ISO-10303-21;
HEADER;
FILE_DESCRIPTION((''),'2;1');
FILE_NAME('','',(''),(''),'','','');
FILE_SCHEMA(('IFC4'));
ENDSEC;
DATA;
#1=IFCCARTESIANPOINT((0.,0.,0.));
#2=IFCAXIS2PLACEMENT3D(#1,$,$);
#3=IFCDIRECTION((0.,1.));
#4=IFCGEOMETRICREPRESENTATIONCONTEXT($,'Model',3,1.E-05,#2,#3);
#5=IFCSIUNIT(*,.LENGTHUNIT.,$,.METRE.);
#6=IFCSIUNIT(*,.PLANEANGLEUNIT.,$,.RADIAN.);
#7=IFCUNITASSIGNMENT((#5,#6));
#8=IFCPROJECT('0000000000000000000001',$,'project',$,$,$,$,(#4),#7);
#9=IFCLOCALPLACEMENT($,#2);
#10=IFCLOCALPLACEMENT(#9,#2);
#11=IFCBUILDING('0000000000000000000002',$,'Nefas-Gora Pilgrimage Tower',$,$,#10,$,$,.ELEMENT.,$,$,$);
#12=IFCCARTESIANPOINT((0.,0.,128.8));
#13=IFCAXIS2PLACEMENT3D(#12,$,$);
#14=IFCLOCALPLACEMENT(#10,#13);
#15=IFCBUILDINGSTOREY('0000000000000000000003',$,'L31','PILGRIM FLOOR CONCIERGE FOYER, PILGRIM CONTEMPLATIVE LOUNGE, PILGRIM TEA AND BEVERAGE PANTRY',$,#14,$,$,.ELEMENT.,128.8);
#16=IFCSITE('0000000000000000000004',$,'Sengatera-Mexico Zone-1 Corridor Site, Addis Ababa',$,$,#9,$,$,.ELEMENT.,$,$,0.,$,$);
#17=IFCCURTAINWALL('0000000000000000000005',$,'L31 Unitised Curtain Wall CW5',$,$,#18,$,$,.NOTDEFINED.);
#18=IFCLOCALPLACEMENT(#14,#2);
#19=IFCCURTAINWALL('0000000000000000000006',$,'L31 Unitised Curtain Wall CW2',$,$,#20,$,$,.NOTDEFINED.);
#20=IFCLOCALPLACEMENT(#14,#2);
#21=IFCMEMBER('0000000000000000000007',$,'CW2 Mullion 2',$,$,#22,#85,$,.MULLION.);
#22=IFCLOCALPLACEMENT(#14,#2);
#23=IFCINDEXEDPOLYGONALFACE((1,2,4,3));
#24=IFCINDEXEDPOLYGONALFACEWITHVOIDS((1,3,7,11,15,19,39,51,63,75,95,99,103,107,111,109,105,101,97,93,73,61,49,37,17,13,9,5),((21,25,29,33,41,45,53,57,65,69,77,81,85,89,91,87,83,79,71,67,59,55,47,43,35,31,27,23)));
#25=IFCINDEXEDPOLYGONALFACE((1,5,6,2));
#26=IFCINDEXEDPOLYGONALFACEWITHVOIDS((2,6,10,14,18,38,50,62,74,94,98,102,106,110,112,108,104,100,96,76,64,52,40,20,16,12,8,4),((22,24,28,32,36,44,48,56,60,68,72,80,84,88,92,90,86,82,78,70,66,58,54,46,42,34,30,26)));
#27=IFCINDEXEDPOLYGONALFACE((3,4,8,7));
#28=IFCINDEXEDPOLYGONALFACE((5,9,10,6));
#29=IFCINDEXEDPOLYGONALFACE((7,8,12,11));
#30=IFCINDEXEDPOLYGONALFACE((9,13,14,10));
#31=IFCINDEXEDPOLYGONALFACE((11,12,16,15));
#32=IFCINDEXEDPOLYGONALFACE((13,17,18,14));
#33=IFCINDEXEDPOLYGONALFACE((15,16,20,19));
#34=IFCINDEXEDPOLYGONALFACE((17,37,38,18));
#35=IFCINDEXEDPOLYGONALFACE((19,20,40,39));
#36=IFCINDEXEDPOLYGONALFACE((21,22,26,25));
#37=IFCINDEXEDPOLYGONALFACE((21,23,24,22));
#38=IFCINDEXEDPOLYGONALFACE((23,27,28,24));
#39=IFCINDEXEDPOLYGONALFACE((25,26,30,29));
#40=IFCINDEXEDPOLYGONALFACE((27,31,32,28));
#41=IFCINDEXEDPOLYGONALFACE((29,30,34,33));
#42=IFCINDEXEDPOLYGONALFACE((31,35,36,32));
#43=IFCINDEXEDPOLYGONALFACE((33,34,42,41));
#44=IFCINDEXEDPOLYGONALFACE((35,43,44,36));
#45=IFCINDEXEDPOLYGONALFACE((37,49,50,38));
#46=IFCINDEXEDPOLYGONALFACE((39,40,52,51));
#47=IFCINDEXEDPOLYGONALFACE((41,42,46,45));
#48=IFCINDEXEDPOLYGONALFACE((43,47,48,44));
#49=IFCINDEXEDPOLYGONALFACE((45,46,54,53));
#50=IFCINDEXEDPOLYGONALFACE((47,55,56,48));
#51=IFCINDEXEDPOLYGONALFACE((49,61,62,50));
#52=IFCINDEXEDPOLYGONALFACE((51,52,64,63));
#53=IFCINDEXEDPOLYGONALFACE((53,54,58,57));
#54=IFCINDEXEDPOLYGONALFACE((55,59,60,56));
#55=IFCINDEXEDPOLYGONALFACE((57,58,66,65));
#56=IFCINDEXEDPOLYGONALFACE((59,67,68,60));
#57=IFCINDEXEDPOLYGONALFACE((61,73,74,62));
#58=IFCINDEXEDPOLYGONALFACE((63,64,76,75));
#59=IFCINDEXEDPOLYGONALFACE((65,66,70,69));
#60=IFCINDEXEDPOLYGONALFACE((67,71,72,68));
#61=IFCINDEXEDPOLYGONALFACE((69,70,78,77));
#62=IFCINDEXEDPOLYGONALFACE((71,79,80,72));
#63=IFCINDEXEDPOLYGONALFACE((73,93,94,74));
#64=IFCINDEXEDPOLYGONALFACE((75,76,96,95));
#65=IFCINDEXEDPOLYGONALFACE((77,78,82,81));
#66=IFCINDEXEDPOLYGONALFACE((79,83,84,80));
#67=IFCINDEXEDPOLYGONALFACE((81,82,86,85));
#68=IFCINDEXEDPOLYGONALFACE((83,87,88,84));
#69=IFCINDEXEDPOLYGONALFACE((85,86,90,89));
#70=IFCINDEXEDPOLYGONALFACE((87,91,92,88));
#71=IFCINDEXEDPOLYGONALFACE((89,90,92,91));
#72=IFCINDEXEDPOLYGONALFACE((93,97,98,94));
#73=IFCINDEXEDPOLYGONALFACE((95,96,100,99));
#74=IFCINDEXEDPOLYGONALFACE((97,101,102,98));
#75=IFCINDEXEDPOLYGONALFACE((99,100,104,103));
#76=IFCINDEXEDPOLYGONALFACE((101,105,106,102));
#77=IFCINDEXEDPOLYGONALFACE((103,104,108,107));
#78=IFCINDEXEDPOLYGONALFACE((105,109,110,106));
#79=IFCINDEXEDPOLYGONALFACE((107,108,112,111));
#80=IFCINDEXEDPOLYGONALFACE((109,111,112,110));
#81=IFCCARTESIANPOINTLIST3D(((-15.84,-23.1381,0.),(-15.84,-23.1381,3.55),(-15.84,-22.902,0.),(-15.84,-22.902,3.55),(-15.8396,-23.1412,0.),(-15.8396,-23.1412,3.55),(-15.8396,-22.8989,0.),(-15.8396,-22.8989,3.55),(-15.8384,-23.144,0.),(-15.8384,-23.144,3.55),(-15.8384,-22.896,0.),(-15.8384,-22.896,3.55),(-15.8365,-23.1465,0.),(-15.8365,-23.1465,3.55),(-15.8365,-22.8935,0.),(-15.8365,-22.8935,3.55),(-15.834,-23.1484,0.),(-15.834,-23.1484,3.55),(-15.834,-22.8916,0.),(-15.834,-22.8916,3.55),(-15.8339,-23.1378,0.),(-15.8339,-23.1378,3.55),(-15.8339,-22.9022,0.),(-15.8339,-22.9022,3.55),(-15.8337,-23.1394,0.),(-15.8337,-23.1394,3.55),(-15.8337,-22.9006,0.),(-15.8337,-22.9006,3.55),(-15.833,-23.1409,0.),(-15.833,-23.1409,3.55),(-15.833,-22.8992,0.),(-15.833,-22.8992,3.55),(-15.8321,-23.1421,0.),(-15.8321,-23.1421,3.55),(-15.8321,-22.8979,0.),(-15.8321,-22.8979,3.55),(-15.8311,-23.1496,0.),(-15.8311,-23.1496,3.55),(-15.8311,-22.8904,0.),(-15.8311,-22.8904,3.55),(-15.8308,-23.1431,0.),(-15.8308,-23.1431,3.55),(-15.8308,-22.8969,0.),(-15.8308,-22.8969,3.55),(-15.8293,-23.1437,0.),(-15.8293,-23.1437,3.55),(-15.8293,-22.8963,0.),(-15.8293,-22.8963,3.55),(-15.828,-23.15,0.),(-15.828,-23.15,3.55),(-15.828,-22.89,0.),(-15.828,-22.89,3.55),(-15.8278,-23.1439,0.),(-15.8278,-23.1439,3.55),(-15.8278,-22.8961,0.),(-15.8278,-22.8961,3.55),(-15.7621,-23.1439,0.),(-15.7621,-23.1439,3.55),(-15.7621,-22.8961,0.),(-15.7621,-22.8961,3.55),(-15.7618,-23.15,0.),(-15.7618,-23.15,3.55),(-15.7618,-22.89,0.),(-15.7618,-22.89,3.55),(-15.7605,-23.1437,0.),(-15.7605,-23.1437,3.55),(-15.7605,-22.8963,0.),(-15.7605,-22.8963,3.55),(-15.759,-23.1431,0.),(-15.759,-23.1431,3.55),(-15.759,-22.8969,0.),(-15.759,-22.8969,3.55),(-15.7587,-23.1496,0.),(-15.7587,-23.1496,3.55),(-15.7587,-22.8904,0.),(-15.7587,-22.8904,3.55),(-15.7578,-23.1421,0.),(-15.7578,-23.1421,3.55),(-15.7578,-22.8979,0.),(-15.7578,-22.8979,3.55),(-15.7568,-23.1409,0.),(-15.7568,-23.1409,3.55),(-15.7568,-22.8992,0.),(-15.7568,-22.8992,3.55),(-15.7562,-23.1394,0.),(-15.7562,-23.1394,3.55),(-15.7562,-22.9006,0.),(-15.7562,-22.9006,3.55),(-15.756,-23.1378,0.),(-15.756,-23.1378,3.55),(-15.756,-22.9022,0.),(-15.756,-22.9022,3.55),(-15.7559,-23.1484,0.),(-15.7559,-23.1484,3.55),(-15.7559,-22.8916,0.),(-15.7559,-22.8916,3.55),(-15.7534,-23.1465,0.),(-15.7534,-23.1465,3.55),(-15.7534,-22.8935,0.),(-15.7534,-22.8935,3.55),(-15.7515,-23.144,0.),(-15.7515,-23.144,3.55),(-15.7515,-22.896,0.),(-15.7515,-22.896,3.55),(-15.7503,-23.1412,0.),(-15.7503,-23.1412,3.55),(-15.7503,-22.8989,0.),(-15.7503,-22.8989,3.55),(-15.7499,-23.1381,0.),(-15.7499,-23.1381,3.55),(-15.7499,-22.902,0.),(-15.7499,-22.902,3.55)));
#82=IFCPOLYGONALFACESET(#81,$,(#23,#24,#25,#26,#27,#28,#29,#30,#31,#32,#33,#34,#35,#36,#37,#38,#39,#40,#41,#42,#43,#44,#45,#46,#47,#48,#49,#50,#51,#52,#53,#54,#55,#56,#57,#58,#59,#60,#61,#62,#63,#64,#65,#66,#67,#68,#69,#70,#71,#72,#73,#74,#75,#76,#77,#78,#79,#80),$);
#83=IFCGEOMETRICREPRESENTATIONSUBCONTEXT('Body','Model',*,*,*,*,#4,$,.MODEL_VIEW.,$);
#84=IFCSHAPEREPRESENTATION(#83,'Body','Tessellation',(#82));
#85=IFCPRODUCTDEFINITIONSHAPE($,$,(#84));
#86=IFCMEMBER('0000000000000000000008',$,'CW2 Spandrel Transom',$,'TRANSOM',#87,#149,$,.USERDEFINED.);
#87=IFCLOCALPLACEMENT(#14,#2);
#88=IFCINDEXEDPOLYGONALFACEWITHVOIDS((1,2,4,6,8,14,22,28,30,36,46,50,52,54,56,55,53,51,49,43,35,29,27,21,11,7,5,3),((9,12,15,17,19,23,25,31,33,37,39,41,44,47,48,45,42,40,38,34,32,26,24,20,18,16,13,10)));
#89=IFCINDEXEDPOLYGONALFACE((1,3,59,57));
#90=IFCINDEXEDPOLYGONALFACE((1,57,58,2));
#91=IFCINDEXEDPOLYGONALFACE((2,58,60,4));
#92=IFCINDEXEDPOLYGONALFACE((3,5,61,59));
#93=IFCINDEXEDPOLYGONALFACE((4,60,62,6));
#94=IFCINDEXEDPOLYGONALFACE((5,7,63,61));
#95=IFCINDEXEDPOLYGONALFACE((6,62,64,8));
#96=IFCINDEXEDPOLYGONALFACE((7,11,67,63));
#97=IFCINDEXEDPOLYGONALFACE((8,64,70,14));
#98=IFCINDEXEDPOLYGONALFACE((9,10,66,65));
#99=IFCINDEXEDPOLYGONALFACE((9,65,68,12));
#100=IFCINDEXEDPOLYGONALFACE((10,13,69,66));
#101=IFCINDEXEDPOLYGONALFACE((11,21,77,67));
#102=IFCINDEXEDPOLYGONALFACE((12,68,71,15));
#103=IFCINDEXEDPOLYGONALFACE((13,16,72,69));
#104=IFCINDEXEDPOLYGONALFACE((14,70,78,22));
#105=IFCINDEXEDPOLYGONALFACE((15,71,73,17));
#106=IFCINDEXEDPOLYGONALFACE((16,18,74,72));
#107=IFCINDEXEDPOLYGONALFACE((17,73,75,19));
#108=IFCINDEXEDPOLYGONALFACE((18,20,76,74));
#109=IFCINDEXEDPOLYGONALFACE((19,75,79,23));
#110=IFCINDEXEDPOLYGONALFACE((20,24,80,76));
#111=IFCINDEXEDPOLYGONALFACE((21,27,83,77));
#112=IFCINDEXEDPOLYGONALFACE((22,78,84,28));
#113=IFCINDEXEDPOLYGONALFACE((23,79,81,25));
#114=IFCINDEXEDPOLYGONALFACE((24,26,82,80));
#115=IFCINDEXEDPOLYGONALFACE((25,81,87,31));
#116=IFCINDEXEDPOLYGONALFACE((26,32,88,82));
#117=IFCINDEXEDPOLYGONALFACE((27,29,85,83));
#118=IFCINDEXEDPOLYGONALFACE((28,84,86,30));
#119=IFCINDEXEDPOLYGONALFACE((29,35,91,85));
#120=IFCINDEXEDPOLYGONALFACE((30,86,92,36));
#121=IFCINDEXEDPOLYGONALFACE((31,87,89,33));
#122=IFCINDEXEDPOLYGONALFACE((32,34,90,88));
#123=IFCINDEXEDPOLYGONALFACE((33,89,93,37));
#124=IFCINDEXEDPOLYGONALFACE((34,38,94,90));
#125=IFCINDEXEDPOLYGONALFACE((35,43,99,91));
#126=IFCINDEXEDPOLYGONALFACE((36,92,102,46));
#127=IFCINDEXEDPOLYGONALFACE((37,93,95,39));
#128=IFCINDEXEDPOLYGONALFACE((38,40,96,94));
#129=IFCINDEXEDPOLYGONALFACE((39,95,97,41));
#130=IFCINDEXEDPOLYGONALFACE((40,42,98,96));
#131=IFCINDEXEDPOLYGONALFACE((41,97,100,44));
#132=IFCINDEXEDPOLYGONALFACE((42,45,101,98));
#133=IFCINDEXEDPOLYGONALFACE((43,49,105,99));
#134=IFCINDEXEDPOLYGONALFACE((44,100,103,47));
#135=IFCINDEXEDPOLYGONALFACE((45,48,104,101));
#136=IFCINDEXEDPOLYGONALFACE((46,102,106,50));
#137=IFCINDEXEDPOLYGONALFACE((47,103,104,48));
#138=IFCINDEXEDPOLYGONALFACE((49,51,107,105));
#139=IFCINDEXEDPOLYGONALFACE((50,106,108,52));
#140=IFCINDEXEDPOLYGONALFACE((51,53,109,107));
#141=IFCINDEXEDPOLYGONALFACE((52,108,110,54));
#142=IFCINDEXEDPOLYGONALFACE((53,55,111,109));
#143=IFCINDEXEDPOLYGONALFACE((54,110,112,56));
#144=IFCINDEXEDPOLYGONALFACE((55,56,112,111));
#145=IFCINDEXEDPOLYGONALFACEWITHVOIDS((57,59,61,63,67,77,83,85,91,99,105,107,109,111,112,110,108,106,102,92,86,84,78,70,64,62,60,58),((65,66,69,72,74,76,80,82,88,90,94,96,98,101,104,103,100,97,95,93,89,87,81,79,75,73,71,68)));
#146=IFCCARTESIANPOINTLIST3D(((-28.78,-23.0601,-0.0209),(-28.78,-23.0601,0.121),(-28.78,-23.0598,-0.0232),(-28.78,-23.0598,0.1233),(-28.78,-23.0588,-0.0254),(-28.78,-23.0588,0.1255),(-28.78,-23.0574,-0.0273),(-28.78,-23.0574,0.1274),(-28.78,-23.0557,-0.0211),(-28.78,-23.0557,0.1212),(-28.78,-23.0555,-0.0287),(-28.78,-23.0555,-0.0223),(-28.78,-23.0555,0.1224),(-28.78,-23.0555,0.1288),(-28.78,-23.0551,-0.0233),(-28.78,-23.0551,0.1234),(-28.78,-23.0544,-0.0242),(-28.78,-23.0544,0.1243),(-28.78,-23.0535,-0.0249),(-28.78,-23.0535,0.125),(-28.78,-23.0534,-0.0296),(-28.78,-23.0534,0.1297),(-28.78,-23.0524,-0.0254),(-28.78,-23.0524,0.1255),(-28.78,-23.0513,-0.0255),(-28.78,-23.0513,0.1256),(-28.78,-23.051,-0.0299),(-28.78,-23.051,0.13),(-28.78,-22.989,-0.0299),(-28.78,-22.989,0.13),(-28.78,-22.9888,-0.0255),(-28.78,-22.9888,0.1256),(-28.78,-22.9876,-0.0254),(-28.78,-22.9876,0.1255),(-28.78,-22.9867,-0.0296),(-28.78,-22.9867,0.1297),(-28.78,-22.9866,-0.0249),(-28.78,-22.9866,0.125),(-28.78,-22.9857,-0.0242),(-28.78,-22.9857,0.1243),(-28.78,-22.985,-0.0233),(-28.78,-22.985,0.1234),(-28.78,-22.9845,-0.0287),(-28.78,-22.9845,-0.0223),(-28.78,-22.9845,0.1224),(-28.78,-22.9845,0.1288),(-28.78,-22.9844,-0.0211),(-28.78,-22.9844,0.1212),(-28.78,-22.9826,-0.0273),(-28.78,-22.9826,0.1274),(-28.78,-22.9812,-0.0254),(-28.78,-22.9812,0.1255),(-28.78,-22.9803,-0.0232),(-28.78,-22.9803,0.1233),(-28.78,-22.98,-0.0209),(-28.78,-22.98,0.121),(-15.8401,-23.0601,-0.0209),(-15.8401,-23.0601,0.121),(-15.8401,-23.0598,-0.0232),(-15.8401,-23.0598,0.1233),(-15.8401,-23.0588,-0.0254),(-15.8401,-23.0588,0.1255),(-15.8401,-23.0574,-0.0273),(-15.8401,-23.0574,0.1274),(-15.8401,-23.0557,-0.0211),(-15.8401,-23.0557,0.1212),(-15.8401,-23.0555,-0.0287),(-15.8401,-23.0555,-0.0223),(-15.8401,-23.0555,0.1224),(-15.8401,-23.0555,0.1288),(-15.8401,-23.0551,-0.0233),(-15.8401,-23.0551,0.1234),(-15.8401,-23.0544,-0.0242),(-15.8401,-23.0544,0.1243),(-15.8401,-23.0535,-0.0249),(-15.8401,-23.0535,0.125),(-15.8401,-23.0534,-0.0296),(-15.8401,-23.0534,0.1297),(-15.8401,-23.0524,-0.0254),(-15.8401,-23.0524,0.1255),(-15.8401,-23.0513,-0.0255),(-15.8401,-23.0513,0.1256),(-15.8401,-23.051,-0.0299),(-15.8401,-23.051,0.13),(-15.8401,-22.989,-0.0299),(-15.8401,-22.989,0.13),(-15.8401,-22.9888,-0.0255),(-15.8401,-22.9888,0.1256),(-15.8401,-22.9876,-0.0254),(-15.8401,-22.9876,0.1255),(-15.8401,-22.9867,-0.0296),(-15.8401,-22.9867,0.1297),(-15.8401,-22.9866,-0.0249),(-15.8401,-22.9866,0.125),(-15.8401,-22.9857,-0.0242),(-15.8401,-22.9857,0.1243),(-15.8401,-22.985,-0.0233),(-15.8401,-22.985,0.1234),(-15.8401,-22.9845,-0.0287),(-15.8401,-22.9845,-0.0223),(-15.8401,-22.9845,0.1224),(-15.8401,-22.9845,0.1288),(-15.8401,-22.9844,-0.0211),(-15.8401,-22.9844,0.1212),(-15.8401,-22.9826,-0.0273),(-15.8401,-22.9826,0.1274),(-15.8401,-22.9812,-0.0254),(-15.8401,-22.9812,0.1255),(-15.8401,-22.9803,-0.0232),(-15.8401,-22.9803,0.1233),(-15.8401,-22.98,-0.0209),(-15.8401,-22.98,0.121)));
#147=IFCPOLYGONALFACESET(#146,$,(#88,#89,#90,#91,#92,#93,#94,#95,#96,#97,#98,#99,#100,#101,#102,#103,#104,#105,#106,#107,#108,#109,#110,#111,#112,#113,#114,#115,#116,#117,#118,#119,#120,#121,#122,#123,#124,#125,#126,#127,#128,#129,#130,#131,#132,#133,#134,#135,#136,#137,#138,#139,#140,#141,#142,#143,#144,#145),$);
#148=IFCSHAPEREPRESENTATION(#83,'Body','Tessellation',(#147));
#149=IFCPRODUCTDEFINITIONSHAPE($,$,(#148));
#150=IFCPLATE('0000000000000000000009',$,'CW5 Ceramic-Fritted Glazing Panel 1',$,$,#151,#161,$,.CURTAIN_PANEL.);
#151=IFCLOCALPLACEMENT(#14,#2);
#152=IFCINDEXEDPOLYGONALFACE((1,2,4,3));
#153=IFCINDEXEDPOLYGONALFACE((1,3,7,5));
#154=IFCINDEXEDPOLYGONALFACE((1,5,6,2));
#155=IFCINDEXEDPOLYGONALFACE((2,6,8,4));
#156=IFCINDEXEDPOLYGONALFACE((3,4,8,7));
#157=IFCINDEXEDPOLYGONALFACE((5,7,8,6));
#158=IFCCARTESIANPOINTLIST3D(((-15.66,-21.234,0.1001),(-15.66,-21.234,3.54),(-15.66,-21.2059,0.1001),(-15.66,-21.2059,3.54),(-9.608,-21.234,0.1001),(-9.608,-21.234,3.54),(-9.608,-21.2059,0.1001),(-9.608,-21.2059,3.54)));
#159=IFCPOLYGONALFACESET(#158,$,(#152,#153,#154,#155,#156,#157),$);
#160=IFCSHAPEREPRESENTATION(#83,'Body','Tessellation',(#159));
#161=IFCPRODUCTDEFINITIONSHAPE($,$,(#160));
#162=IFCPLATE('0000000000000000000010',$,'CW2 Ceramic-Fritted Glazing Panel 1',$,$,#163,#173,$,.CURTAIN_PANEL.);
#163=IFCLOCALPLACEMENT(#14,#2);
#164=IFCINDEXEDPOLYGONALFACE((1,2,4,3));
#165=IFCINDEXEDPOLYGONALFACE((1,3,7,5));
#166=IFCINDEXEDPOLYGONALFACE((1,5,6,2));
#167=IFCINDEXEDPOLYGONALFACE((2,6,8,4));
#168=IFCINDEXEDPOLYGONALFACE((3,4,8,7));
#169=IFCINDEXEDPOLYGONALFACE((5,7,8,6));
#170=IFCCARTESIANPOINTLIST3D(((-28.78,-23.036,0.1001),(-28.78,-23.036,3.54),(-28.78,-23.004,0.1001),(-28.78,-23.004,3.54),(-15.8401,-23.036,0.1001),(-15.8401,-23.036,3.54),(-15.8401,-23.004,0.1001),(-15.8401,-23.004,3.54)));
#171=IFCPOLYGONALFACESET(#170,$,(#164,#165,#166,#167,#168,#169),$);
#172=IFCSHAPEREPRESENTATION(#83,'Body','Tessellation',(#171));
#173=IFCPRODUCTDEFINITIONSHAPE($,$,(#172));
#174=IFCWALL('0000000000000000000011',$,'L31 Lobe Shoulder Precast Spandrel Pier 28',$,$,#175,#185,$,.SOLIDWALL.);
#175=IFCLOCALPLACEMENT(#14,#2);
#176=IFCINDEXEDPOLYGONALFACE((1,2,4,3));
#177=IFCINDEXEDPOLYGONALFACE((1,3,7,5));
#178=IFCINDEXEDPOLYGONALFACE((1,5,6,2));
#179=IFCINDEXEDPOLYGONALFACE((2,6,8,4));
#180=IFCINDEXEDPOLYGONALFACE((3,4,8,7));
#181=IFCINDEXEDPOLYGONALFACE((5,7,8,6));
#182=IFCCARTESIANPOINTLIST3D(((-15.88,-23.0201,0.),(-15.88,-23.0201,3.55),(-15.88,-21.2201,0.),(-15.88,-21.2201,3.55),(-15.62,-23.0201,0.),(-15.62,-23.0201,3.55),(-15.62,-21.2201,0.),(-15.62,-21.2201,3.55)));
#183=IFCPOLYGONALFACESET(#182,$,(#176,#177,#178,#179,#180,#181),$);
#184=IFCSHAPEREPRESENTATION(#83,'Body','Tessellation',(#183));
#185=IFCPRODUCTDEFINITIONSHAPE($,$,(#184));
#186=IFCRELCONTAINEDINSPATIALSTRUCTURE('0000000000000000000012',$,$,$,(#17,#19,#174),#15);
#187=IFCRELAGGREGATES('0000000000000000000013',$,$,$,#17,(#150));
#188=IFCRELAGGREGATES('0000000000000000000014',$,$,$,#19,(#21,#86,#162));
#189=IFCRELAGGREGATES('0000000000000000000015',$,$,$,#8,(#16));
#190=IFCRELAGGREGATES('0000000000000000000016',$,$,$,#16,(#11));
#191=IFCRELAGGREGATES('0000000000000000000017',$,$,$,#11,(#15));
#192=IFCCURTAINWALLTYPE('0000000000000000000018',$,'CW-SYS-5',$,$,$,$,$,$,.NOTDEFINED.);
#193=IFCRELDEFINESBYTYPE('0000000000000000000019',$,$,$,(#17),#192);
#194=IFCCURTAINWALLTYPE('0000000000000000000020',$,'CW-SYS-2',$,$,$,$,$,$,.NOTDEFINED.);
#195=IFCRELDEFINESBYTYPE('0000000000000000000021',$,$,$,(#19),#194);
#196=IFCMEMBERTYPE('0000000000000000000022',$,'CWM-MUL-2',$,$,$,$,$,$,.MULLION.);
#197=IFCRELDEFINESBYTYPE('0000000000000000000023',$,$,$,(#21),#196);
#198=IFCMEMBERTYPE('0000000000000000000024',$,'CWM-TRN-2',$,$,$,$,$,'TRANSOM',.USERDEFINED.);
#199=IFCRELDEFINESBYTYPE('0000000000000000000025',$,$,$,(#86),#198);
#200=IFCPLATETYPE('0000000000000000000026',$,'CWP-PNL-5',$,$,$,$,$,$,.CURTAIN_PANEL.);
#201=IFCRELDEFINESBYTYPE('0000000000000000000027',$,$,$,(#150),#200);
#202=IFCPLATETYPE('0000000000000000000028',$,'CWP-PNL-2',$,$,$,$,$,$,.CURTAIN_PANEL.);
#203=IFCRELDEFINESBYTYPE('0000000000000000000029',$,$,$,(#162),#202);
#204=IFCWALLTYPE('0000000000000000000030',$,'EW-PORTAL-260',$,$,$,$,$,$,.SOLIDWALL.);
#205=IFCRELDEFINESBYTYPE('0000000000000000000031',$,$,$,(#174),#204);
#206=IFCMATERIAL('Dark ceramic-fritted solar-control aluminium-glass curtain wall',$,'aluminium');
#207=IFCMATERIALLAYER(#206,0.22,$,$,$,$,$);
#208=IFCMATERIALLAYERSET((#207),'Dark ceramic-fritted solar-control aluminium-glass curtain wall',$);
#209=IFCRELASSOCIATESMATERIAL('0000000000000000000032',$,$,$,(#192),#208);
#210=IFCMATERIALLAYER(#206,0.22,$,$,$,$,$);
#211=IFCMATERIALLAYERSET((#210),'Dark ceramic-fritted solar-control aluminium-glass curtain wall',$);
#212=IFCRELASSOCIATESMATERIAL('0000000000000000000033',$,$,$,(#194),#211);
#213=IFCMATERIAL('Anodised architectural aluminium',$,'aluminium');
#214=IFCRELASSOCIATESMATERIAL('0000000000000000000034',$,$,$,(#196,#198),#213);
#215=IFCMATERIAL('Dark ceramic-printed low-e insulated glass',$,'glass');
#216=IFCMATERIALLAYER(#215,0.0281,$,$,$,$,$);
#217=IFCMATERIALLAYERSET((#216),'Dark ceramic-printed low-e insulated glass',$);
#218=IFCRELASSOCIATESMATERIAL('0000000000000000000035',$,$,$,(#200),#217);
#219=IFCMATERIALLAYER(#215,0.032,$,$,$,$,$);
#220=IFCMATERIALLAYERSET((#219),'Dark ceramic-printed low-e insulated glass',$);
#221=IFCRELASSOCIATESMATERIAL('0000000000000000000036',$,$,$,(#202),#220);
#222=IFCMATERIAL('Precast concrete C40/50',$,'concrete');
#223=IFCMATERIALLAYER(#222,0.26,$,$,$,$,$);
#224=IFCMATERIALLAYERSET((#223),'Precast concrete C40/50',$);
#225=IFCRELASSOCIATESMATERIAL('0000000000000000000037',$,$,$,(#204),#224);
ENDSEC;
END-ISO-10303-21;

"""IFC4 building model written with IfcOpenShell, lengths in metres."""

from ifc_helpers import new_model, si_unit, direction, frame, frame_2d, origin, origin_2d, place, context, subcontext, project, spatial, rectangle, hollow_rectangle, extrude, source, transform, mapped, material, layer, layer_set, material_profile, profile_set, type_object, element, aggregate, save


model = new_model("IFC4")

# Units and contexts
model_context = context("Model", 3, precision=1e-05, world=origin(), true_north=direction((0.0, 1.0)))
body_context = subcontext(model_context, "Body", "Model", "MODEL_VIEW")
ifc_project = project(units=[si_unit("LENGTHUNIT", "METRE"), si_unit("PLANEANGLEUNIT", "RADIAN")], contexts=[model_context])

# Site, building, storey
site_placement = place(None, origin())
site = spatial("IfcSite", under=ifc_project, at=site_placement, Name="Sengatera-Mexico Zone-1 Corridor Site, Addis Ababa", CompositionType="ELEMENT", RefElevation=0.0)
building_placement = place(site_placement, origin())
building = spatial("IfcBuilding", under=site, at=building_placement, Name="Nefas-Gora Pilgrimage Tower", CompositionType="ELEMENT")
storey_placement = place(building_placement, frame((0.0, 0.0, 128.8)))
storey = spatial("IfcBuildingStorey", under=building, at=storey_placement, Name="L31", Description="PILGRIM FLOOR CONCIERGE FOYER, PILGRIM CONTEMPLATIVE LOUNGE, PILGRIM TEA AND BEVERAGE PANTRY", CompositionType="ELEMENT", Elevation=128.8)

# Curtain wall
ifc_material_1 = material(Name="Dark ceramic-fritted solar-control aluminium-glass curtain wall", Category="aluminium")
ifc_layer_1 = layer(ifc_material_1, 0.22)
ifc_layer_set_1 = layer_set([ifc_layer_1], Name="Dark ceramic-fritted solar-control aluminium-glass curtain wall")
curtain_wall_type_1 = type_object("IfcCurtainWallType", Name="CW-SYS-5", PredefinedType="NOTDEFINED", material=ifc_layer_set_1)
curtain_wall_1_placement = place(storey_placement, origin())
curtain_wall_1 = element("IfcCurtainWall", 1, at=curtain_wall_1_placement, inside=storey, type_object=curtain_wall_type_1, Name="L31 Unitised Curtain Wall CW5", PredefinedType="NOTDEFINED")
ifc_material_2 = material(Name="Anodised architectural aluminium", Category="aluminium")

# Shared definitions
ifc_layer_2 = layer(ifc_material_1, 0.22)
ifc_layer_set_2 = layer_set([ifc_layer_2], Name="Dark ceramic-fritted solar-control aluminium-glass curtain wall")
curtain_wall_type_2 = type_object("IfcCurtainWallType", Name="CW-SYS-2", PredefinedType="NOTDEFINED", material=ifc_layer_set_2)
ifc_material_profile_1 = material_profile(ifc_material_2, hollow_rectangle(XDim=0.0901, YDim=0.26, WallThickness=0.0061, InnerFilletRadius=0.0061, OuterFilletRadius=0.012, at=origin_2d()), Name="ALU MULLION 90x260")
ifc_profile_set_1 = profile_set([ifc_material_profile_1], Name="Anodised architectural aluminium")
member_type_1 = type_object("IfcMemberType", Name="CWM-MUL-2", PredefinedType="MULLION", material=ifc_profile_set_1)
shared_shape_1 = source(origin(), body_context, "Body", "SweptSolid", [
    extrude(hollow_rectangle(XDim=0.0901, YDim=0.26, WallThickness=0.0061, InnerFilletRadius=0.0061, OuterFilletRadius=0.012, at=origin_2d()), origin(), (0.0, 0.0, 1.0), 3.55),
])

# Curtain wall, members
curtain_wall_2_placement = place(storey_placement, origin())
curtain_wall_2 = element("IfcCurtainWall", 2, at=curtain_wall_2_placement, inside=storey, type_object=curtain_wall_type_2, Name="L31 Unitised Curtain Wall CW2", PredefinedType="NOTDEFINED")
member_1_placement = place(storey_placement, frame((-15.7949, -23.02, 0.0), z_axis=(0.0, 0.0, 1.0), x_axis=(1.0, 0.0, 0.0)))
member_1 = element("IfcMember", 3, at=member_1_placement, type_object=member_type_1, Name="CW2 Mullion 2", PredefinedType="MULLION", context=body_context, shape_type="MappedRepresentation", body=[
    mapped(shared_shape_1, transform((0.0, 0.0, 0.0), x_axis=(1.0, 0.0, 0.0), y_axis=(0.0, 1.0, 0.0), z_axis=(0.0, 0.0, 1.0), scale=1.0)),
])
ifc_material_profile_2 = material_profile(ifc_material_2, hollow_rectangle(XDim=0.0801, YDim=0.1599, WallThickness=0.0044, InnerFilletRadius=0.0044, OuterFilletRadius=0.009, at=origin_2d()), Name="ALU TRANSOM 80x160")
ifc_profile_set_2 = profile_set([ifc_material_profile_2], Name="Anodised architectural aluminium")
member_type_2 = type_object("IfcMemberType", Name="CWM-TRN-2", ElementType="TRANSOM", PredefinedType="USERDEFINED", material=ifc_profile_set_2)
shared_shape_2 = source(origin(), body_context, "Body", "SweptSolid", [
    extrude(hollow_rectangle(XDim=0.0801, YDim=0.1599, WallThickness=0.0044, InnerFilletRadius=0.0044, OuterFilletRadius=0.009, at=origin_2d()), origin(), (0.0, 0.0, 1.0), 12.9399),
])
member_2_placement = place(storey_placement, frame((-28.78, -23.02, 0.05), z_axis=(1.0, 0.0, 0.0), x_axis=(0.0, 1.0, 0.0)))
member_2 = element("IfcMember", 4, at=member_2_placement, type_object=member_type_2, Name="CW2 Spandrel Transom", ObjectType="TRANSOM", PredefinedType="USERDEFINED", context=body_context, shape_type="MappedRepresentation", body=[
    mapped(shared_shape_2, transform((0.0, 0.0, 0.0), x_axis=(1.0, 0.0, 0.0), y_axis=(0.0, 1.0, 0.0), z_axis=(0.0, 0.0, 1.0), scale=1.0)),
])

# Plates
ifc_material_3 = material(Name="Dark ceramic-printed low-e insulated glass", Category="glass")
ifc_layer_3 = layer(ifc_material_3, 0.0281)
ifc_layer_set_3 = layer_set([ifc_layer_3], Name="Dark ceramic-printed low-e insulated glass")
plate_type_1 = type_object("IfcPlateType", Name="CWP-PNL-5", PredefinedType="CURTAIN_PANEL", material=ifc_layer_set_3)
shared_shape_3 = source(origin(), body_context, "Body", "SweptSolid", [
    extrude(rectangle(XDim=6.052, YDim=0.0281, at=origin_2d()), origin(), (0.0, 0.0, 1.0), 3.4399),
])
plate_1_placement = place(storey_placement, frame((-12.634, -21.22, 0.1001), z_axis=(0.0, 0.0, 1.0), x_axis=(1.0, 0.0, 0.0)))
plate_1 = element("IfcPlate", 5, at=plate_1_placement, type_object=plate_type_1, Name="CW5 Ceramic-Fritted Glazing Panel 1", PredefinedType="CURTAIN_PANEL", context=body_context, shape_type="MappedRepresentation", body=[
    mapped(shared_shape_3, transform((0.0, 0.0, 0.0), x_axis=(1.0, 0.0, 0.0), y_axis=(0.0, 1.0, 0.0), z_axis=(0.0, 0.0, 1.0), scale=1.0)),
])
aggregate(curtain_wall_1, [plate_1])
ifc_layer_4 = layer(ifc_material_3, 0.032)
ifc_layer_set_4 = layer_set([ifc_layer_4], Name="Dark ceramic-printed low-e insulated glass")
plate_type_2 = type_object("IfcPlateType", Name="CWP-PNL-2", PredefinedType="CURTAIN_PANEL", material=ifc_layer_set_4)
shared_shape_4 = source(origin(), body_context, "Body", "SweptSolid", [
    extrude(rectangle(XDim=12.9399, YDim=0.032, at=origin_2d()), origin(), (0.0, 0.0, 1.0), 3.4399),
])
plate_2_placement = place(storey_placement, frame((-22.3101, -23.02, 0.1001), z_axis=(0.0, 0.0, 1.0), x_axis=(1.0, 0.0, 0.0)))
plate_2 = element("IfcPlate", 6, at=plate_2_placement, type_object=plate_type_2, Name="CW2 Ceramic-Fritted Glazing Panel 1", PredefinedType="CURTAIN_PANEL", context=body_context, shape_type="MappedRepresentation", body=[
    mapped(shared_shape_4, transform((0.0, 0.0, 0.0), x_axis=(1.0, 0.0, 0.0), y_axis=(0.0, 1.0, 0.0), z_axis=(0.0, 0.0, 1.0), scale=1.0)),
])
aggregate(curtain_wall_2, [member_1, member_2, plate_2])

# Wall
ifc_material_4 = material(Name="Precast concrete C40/50", Category="concrete")
ifc_layer_5 = layer(ifc_material_4, 0.26)
ifc_layer_set_5 = layer_set([ifc_layer_5], Name="Precast concrete C40/50")
wall_type_1 = type_object("IfcWallType", Name="EW-PORTAL-260", PredefinedType="SOLIDWALL", material=ifc_layer_set_5)
shared_shape_5 = source(origin(), body_context, "Body", "SweptSolid", [
    extrude(rectangle(XDim=1.8, YDim=0.26, at=frame_2d((0.8999, 0.0))), origin(), (0.0, 0.0, 1.0), 3.55),
])
wall_1_placement = place(storey_placement, frame((-15.75, -23.02, 0.0), z_axis=(0.0, 0.0, 1.0), x_axis=(0.0, 1.0, 0.0)))
element("IfcWall", 7, at=wall_1_placement, inside=storey, type_object=wall_type_1, Name="L31 Lobe Shoulder Precast Spandrel Pier 28", PredefinedType="SOLIDWALL", context=body_context, shape_type="MappedRepresentation", body=[
    mapped(shared_shape_5, transform((0.0, 0.0, 0.0), x_axis=(1.0, 0.0, 0.0), y_axis=(0.0, 1.0, 0.0), z_axis=(0.0, 0.0, 1.0), scale=1.0)),
])

save(model, "model.ifc")
